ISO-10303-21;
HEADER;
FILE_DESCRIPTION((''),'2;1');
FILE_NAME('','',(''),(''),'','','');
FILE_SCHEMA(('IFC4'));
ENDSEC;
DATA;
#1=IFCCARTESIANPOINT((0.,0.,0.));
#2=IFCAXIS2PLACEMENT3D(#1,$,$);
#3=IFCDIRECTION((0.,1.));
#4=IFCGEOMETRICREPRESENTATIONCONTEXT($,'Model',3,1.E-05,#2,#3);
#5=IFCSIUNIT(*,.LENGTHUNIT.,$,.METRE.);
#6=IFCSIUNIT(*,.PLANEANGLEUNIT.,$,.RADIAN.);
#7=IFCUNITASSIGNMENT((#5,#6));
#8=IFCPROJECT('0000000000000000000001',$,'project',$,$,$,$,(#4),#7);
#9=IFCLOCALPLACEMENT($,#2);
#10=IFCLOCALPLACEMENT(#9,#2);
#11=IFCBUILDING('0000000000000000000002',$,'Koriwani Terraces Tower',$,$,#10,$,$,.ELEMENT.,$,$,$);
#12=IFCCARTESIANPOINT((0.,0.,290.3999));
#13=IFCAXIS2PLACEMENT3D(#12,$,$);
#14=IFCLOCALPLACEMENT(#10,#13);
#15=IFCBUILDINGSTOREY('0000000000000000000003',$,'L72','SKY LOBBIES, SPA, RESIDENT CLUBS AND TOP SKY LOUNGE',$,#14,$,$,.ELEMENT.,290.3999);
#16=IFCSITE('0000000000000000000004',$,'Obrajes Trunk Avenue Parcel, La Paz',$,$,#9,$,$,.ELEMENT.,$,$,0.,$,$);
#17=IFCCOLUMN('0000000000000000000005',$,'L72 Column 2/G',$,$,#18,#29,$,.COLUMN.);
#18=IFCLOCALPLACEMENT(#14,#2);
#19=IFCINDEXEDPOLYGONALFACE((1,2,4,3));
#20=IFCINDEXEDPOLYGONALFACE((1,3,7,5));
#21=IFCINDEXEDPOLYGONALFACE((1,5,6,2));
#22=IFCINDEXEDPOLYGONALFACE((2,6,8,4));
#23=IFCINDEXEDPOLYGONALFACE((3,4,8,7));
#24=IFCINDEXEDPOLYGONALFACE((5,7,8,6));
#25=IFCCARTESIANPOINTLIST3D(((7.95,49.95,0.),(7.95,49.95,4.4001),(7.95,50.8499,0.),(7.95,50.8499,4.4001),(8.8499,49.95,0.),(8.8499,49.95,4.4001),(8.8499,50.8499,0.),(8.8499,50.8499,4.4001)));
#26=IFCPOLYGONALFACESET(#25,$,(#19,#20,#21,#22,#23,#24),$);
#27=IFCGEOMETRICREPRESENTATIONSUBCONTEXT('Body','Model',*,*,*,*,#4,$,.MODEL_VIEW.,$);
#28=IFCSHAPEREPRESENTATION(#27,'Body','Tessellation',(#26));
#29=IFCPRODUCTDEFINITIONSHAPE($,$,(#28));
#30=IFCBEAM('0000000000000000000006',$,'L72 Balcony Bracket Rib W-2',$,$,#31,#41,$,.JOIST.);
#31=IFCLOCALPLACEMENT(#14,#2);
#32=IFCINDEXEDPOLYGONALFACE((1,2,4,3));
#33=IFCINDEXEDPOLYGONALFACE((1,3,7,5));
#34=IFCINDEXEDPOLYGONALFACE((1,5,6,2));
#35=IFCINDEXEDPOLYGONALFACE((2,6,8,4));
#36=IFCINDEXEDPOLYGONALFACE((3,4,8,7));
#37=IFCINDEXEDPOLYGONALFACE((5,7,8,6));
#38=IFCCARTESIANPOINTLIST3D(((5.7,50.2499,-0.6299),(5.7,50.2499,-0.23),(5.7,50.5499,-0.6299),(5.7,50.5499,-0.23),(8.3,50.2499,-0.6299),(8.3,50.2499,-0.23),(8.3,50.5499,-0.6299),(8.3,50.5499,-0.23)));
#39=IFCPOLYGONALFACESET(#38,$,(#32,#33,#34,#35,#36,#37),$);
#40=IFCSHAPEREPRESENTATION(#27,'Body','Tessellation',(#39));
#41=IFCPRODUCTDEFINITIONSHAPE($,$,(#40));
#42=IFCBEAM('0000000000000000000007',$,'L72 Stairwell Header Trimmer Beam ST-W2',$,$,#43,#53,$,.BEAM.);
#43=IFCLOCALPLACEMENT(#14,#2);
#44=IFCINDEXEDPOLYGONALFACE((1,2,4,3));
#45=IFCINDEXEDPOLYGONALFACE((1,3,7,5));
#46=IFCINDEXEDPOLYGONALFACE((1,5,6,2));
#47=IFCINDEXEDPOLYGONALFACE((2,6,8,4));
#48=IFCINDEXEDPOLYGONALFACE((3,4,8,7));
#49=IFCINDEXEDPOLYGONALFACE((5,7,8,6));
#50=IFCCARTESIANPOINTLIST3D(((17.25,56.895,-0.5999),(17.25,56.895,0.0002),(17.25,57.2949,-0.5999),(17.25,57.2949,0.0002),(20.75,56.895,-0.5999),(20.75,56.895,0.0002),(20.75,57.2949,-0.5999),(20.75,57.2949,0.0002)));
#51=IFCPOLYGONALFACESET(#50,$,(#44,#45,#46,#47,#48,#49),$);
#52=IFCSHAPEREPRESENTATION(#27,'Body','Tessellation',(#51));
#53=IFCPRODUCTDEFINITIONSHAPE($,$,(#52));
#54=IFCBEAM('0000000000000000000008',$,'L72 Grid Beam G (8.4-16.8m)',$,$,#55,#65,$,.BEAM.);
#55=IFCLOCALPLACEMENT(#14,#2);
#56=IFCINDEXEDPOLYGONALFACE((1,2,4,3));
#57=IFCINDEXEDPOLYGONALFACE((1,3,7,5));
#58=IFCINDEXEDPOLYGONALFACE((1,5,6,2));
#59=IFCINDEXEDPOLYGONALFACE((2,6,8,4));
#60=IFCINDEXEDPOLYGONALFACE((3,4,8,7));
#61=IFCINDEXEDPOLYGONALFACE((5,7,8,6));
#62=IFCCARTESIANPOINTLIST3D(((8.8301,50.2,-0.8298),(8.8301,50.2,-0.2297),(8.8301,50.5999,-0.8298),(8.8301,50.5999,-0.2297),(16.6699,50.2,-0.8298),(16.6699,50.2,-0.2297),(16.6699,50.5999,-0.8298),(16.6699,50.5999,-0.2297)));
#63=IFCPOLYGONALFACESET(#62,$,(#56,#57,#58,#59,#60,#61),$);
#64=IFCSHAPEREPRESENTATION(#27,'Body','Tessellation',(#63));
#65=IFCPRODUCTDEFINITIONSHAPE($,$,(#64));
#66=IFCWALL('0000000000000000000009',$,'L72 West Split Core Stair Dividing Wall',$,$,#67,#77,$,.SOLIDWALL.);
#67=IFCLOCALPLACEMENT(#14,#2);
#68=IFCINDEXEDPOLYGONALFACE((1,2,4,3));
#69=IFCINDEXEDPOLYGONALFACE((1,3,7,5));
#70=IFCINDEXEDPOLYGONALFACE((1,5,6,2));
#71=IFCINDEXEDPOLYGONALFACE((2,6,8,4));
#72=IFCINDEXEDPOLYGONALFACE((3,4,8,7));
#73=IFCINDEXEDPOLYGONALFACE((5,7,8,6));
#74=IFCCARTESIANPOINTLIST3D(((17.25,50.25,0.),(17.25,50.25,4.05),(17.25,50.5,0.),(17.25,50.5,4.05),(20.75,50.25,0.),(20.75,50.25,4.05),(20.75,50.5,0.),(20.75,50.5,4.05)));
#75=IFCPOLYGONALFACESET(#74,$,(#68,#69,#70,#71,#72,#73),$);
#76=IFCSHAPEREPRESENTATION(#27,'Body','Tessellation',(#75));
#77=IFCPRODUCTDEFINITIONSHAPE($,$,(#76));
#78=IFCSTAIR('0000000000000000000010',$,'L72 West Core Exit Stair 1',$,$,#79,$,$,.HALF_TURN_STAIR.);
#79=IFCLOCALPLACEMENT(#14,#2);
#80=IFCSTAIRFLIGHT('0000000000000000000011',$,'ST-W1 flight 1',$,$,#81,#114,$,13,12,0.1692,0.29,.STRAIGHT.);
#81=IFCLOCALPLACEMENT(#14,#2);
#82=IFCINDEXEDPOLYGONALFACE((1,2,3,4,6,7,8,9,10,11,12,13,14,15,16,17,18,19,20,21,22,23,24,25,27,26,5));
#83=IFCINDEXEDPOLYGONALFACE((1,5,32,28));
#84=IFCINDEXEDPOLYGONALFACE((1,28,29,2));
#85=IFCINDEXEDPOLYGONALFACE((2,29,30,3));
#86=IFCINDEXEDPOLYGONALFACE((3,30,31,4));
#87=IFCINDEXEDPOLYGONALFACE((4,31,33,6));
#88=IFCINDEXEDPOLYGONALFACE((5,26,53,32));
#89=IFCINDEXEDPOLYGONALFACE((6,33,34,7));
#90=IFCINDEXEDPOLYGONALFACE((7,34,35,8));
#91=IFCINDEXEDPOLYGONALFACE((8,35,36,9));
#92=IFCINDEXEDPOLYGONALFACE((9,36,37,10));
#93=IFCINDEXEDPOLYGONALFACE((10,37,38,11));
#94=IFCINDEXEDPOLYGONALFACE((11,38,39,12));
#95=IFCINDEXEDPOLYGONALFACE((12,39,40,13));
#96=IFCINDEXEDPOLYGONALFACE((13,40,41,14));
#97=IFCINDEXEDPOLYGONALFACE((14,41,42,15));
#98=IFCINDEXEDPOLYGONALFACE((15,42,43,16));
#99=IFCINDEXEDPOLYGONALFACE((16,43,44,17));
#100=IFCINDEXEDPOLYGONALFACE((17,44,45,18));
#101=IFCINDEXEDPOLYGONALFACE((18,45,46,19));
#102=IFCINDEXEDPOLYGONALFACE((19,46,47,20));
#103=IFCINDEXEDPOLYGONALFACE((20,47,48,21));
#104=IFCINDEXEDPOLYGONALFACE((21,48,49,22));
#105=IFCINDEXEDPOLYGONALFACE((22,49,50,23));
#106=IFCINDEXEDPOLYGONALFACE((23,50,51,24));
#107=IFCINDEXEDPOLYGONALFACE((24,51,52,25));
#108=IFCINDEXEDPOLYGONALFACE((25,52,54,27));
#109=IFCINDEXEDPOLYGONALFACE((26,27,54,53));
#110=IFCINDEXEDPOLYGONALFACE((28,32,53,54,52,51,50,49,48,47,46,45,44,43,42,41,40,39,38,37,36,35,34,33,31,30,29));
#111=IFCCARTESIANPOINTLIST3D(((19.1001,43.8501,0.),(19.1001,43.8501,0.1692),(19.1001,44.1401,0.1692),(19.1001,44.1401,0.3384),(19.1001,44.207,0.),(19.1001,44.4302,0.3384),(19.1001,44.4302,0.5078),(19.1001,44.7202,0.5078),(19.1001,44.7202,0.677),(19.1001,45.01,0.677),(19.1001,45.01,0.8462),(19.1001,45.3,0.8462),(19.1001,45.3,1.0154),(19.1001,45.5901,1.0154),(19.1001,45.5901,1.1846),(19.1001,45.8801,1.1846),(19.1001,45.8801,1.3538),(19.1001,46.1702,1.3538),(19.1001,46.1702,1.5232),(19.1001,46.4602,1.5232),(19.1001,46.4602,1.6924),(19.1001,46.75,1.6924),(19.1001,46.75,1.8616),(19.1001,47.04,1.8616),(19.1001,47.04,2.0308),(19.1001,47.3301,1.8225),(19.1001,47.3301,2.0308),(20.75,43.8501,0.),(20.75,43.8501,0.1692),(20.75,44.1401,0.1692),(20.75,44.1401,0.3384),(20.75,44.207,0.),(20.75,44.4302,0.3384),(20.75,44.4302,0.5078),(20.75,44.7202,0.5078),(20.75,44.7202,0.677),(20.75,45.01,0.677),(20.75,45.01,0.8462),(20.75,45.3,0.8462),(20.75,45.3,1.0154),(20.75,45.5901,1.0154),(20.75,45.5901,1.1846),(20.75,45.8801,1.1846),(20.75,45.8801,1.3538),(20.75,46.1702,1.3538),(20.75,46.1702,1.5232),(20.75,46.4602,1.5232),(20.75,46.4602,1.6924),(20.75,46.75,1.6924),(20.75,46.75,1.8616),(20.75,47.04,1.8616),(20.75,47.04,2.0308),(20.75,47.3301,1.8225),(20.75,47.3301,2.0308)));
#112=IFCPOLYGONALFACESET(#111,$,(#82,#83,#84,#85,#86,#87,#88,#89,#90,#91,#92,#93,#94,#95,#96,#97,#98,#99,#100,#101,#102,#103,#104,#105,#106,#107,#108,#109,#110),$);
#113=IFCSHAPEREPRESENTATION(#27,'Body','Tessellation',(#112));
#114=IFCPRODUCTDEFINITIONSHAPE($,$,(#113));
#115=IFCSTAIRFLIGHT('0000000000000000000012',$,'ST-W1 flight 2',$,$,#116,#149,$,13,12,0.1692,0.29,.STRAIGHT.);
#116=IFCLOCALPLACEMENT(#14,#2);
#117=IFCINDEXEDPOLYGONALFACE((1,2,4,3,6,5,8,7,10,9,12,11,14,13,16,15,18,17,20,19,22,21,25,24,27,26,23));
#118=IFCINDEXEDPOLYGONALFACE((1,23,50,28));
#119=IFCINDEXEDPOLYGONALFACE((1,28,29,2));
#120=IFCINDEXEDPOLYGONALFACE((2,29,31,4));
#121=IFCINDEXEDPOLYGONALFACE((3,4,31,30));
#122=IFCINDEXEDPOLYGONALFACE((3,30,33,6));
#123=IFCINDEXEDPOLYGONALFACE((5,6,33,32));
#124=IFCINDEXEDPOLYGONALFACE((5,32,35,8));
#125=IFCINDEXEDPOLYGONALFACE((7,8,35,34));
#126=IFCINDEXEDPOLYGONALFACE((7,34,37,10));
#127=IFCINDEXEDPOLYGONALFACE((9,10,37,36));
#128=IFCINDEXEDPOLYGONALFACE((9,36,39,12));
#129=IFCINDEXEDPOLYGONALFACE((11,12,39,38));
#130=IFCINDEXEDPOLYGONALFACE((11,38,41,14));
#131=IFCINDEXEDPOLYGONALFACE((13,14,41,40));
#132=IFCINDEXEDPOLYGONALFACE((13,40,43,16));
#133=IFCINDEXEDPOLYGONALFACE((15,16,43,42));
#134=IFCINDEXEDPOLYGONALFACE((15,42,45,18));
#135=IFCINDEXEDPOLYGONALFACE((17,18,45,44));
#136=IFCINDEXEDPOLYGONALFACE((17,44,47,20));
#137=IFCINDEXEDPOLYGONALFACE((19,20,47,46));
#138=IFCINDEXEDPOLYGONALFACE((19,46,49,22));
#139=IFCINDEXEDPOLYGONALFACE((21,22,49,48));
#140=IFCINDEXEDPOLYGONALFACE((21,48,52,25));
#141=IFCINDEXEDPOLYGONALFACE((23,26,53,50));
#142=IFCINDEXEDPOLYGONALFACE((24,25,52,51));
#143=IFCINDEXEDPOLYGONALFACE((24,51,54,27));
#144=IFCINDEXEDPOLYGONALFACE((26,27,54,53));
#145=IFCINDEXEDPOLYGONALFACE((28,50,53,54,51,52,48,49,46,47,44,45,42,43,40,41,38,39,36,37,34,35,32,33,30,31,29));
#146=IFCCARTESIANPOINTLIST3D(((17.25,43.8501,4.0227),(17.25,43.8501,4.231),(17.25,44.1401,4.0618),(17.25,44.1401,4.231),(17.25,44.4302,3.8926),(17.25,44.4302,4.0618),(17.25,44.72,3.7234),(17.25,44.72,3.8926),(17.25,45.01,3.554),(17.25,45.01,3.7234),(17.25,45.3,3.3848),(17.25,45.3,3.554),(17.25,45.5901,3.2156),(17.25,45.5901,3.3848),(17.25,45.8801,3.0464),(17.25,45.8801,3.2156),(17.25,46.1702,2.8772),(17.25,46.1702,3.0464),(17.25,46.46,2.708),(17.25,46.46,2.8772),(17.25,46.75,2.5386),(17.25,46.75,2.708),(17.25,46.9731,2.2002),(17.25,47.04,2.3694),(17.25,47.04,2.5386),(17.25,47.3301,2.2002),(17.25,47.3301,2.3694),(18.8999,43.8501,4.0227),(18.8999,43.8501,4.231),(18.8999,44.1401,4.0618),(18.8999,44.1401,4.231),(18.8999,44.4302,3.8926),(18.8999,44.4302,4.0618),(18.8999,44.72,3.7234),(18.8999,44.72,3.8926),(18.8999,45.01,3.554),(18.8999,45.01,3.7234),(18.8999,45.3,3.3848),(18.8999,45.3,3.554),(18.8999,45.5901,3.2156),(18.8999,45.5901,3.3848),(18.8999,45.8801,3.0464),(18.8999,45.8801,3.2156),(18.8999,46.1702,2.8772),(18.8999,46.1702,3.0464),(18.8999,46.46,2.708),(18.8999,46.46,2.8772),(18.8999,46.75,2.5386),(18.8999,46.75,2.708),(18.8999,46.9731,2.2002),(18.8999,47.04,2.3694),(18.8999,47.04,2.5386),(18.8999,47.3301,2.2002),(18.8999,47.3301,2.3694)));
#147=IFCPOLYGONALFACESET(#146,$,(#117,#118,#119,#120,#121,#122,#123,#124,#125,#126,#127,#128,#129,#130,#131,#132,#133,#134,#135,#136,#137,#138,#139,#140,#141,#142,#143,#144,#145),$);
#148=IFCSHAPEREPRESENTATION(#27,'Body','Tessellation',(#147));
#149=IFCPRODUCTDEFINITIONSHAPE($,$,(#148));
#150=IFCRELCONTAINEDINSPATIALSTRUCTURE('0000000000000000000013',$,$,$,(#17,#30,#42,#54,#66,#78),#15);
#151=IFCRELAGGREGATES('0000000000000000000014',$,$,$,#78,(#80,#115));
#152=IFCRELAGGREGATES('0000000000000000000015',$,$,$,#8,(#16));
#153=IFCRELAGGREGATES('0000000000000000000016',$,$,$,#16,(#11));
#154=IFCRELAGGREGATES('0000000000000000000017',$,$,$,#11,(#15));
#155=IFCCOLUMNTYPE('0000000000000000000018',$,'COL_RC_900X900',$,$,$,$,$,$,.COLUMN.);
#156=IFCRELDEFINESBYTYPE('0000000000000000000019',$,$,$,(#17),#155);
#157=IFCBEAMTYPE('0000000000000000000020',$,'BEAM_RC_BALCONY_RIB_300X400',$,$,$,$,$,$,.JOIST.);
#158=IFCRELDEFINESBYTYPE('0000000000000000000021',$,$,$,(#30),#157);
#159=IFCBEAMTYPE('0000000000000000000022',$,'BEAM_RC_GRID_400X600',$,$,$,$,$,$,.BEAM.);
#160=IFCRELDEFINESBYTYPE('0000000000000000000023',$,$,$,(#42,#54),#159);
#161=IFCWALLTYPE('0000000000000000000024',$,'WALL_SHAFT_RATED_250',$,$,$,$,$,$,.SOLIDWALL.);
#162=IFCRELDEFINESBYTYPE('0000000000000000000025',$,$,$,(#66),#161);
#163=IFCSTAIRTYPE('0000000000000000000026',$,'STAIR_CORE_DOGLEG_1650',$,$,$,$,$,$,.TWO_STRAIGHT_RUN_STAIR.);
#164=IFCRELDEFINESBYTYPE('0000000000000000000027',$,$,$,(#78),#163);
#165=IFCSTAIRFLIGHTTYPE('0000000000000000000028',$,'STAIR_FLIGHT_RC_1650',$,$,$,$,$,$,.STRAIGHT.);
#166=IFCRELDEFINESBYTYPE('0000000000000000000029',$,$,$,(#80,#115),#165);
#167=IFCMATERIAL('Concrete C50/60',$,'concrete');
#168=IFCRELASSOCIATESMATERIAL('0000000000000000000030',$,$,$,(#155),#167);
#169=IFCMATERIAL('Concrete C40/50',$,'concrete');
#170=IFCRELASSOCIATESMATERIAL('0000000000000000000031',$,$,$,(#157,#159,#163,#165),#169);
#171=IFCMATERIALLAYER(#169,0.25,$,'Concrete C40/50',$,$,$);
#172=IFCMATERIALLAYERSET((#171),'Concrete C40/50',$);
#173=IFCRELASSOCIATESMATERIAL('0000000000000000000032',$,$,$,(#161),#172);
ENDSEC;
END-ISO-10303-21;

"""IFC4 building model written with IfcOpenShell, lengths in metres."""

from ifc_helpers import new_model, si_unit, direction, frame, frame_2d, origin, origin_2d, place, context, subcontext, project, spatial, polyline, rectangle, outline, extrude, material, layer, layer_set, material_profile, profile_set, type_object, element, aggregate, save


model = new_model("IFC4")

# Units and contexts
model_context = context("Model", 3, precision=1e-05, world=origin(), true_north=direction((0.0, 1.0)))
body_context = subcontext(model_context, "Body", "Model", "MODEL_VIEW")
ifc_project = project(units=[si_unit("LENGTHUNIT", "METRE"), si_unit("PLANEANGLEUNIT", "RADIAN")], contexts=[model_context])

# Site, building, storey
site_placement = place(None, origin())
site = spatial("IfcSite", under=ifc_project, at=site_placement, Name="Obrajes Trunk Avenue Parcel, La Paz", CompositionType="ELEMENT", RefElevation=0.0)
building_placement = place(site_placement, origin())
building = spatial("IfcBuilding", under=site, at=building_placement, Name="Koriwani Terraces Tower", CompositionType="ELEMENT")
storey_placement = place(building_placement, frame((0.0, 0.0, 290.3999)))
storey = spatial("IfcBuildingStorey", under=building, at=storey_placement, Name="L72", Description="SKY LOBBIES, SPA, RESIDENT CLUBS AND TOP SKY LOUNGE", CompositionType="ELEMENT", Elevation=290.3999)

# Column
ifc_material_1 = material(Name="Concrete C50/60", Category="concrete")
ifc_material_profile_1 = material_profile(ifc_material_1, rectangle(XDim=0.8999, YDim=0.8999, at=origin_2d()), Name="Concrete C50/60", Category="LoadBearing")
ifc_profile_set_1 = profile_set([ifc_material_profile_1], Name="Concrete C50/60")
column_type = type_object("IfcColumnType", Name="COL_RC_900X900", PredefinedType="COLUMN", material=ifc_profile_set_1)
column_placement = place(storey_placement, frame((8.3999, 50.3999, 0.0), z_axis=(0.0, 0.0, 1.0), x_axis=(1.0, 0.0, 0.0)))
element("IfcColumn", 1, at=column_placement, inside=storey, type_object=column_type, Name="L72 Column 2/G", PredefinedType="COLUMN", context=body_context, shape_type="SweptSolid", body=[
    extrude(rectangle(XDim=0.8999, YDim=0.8999, at=origin_2d()), origin(), (0.0, 0.0, 1.0), 4.4001),
])

# Beams
ifc_material_2 = material(Name="Concrete C40/50", Category="concrete")
ifc_material_profile_2 = material_profile(ifc_material_2, rectangle(XDim=0.3, YDim=0.3999, at=origin_2d()), Name="Concrete C40/50", Category="LoadBearing")
ifc_profile_set_2 = profile_set([ifc_material_profile_2], Name="Concrete C40/50")
beam_type_1 = type_object("IfcBeamType", Name="BEAM_RC_BALCONY_RIB_300X400", PredefinedType="JOIST", material=ifc_profile_set_2)
beam_1_placement = place(storey_placement, frame((5.7, 50.3999, -0.4299), z_axis=(1.0, 0.0, 0.0), x_axis=(0.0, 1.0, 0.0)))
element("IfcBeam", 2, at=beam_1_placement, inside=storey, type_object=beam_type_1, Name="L72 Balcony Bracket Rib W-2", PredefinedType="JOIST", context=body_context, shape_type="SweptSolid", body=[
    extrude(rectangle(XDim=0.3, YDim=0.3999, at=origin_2d()), origin(), (0.0, 0.0, 1.0), 2.6001),
])
ifc_material_profile_3 = material_profile(ifc_material_2, rectangle(XDim=0.3999, YDim=0.6001, at=origin_2d()), Name="Concrete C40/50", Category="LoadBearing")
ifc_profile_set_3 = profile_set([ifc_material_profile_3], Name="Concrete C40/50")
beam_type_2 = type_object("IfcBeamType", Name="BEAM_RC_GRID_400X600", PredefinedType="BEAM", material=ifc_profile_set_3)
beam_2_placement = place(storey_placement, frame((17.25, 57.095, -0.2998), z_axis=(1.0, 0.0, 0.0), x_axis=(0.0, 1.0, 0.0)))
element("IfcBeam", 3, at=beam_2_placement, inside=storey, type_object=beam_type_2, Name="L72 Stairwell Header Trimmer Beam ST-W2", PredefinedType="BEAM", context=body_context, shape_type="SweptSolid", body=[
    extrude(rectangle(XDim=0.3999, YDim=0.6001, at=origin_2d()), origin(), (0.0, 0.0, 1.0), 3.5),
])
beam_3_placement = place(storey_placement, frame((8.8301, 50.3999, -0.5298), z_axis=(1.0, 0.0, 0.0), x_axis=(0.0, 1.0, 0.0)))
element("IfcBeam", 4, at=beam_3_placement, inside=storey, type_object=beam_type_2, Name="L72 Grid Beam G (8.4-16.8m)", PredefinedType="BEAM", context=body_context, shape_type="SweptSolid", body=[
    extrude(rectangle(XDim=0.3999, YDim=0.6001, at=origin_2d()), origin(), (0.0, 0.0, 1.0), 7.8398),
])

# Wall
ifc_layer_1 = layer(ifc_material_2, 0.25, Name="Concrete C40/50")
ifc_layer_set_1 = layer_set([ifc_layer_1], Name="Concrete C40/50")
wall_type = type_object("IfcWallType", Name="WALL_SHAFT_RATED_250", PredefinedType="SOLIDWALL", material=ifc_layer_set_1)
wall_placement = place(storey_placement, frame((17.25, 50.375, 0.0), z_axis=(0.0, 0.0, 1.0), x_axis=(1.0, 0.0, 0.0)))
element("IfcWall", 5, at=wall_placement, inside=storey, type_object=wall_type, Name="L72 West Split Core Stair Dividing Wall", PredefinedType="SOLIDWALL", context=body_context, shape_type="SweptSolid", body=[
    extrude(rectangle(XDim=3.5, YDim=0.25, at=frame_2d((1.75, 0.0))), origin(), (0.0, 0.0, 1.0), 4.05),
])

# Stair, stair flights
stair_type = type_object("IfcStairType", Name="STAIR_CORE_DOGLEG_1650", PredefinedType="TWO_STRAIGHT_RUN_STAIR", material=ifc_material_2)
stair_1_placement = place(storey_placement, origin())
stair_1 = element("IfcStair", 6, at=stair_1_placement, inside=storey, type_object=stair_type, Name="L72 West Core Exit Stair 1", PredefinedType="HALF_TURN_STAIR")
stair_flight_type = type_object("IfcStairFlightType", Name="STAIR_FLIGHT_RC_1650", PredefinedType="STRAIGHT", material=ifc_material_2)
stair_flight_1_placement = place(storey_placement, frame((19.925, 43.8501, 0.0), z_axis=(0.0, 0.0, 1.0), x_axis=(0.0, 1.0, 0.0)))
stair_flight_1 = element("IfcStairFlight", 7, at=stair_flight_1_placement, type_object=stair_flight_type, Name="ST-W1 flight 1", NumberOfRisers=13, NumberOfTreads=12, PredefinedType="STRAIGHT", RiserHeight=0.1692, TreadLength=0.29, context=body_context, shape_type="SweptSolid", body=[
    extrude(outline(polyline([(0.0, 0.0), (0.0, 0.1692), (0.29, 0.1692), (0.29, 0.3384), (0.5801, 0.3384), (0.5801, 0.5078), (0.8701, 0.5078), (0.8701, 0.677), (1.1599, 0.677), (1.1599, 0.8462), (1.45, 0.8462), (1.45, 1.0154), (1.74, 1.0154), (1.74, 1.1846), (2.03, 1.1846), (2.03, 1.3538), (2.3201, 1.3538), (2.3201, 1.5232), (2.6101, 1.5232), (2.6101, 1.6924), (2.8999, 1.6924), (2.8999, 1.8616), (3.1899, 1.8616), (3.1899, 2.0308), (3.48, 2.0308), (3.48, 2.2), (3.48, 1.8225), (0.3569, 0.0), (0.0, 0.0)])), frame((0.0, 0.825, 0.0), z_axis=(0.0, -1.0, 0.0), x_axis=(1.0, 0.0, 0.0)), (0.0, 0.0, 1.0), 1.6499),
])
stair_flight_2_placement = place(storey_placement, frame((18.075, 47.3301, 2.2002), z_axis=(0.0, 0.0, 1.0), x_axis=(0.0, -1.0, 0.0)))
stair_flight_2 = element("IfcStairFlight", 8, at=stair_flight_2_placement, type_object=stair_flight_type, Name="ST-W1 flight 2", NumberOfRisers=13, NumberOfTreads=12, PredefinedType="STRAIGHT", RiserHeight=0.1692, TreadLength=0.29, context=body_context, shape_type="SweptSolid", body=[
    extrude(outline(polyline([(0.0, 0.0), (0.0, 0.1692), (0.29, 0.1692), (0.29, 0.3384), (0.5801, 0.3384), (0.5801, 0.5078), (0.8701, 0.5078), (0.8701, 0.677), (1.1599, 0.677), (1.1599, 0.8462), (1.45, 0.8462), (1.45, 1.0154), (1.74, 1.0154), (1.74, 1.1846), (2.03, 1.1846), (2.03, 1.3538), (2.3201, 1.3538), (2.3201, 1.5232), (2.6101, 1.5232), (2.6101, 1.6924), (2.8999, 1.6924), (2.8999, 1.8616), (3.1899, 1.8616), (3.1899, 2.0308), (3.48, 2.0308), (3.48, 2.2), (3.48, 1.8225), (0.3569, 0.0), (0.0, 0.0)])), frame((0.0, 0.825, 0.0), z_axis=(0.0, -1.0, 0.0), x_axis=(1.0, 0.0, 0.0)), (0.0, 0.0, 1.0), 1.6499),
])
aggregate(stair_1, [stair_flight_1, stair_flight_2])

save(model, "model.ifc")
